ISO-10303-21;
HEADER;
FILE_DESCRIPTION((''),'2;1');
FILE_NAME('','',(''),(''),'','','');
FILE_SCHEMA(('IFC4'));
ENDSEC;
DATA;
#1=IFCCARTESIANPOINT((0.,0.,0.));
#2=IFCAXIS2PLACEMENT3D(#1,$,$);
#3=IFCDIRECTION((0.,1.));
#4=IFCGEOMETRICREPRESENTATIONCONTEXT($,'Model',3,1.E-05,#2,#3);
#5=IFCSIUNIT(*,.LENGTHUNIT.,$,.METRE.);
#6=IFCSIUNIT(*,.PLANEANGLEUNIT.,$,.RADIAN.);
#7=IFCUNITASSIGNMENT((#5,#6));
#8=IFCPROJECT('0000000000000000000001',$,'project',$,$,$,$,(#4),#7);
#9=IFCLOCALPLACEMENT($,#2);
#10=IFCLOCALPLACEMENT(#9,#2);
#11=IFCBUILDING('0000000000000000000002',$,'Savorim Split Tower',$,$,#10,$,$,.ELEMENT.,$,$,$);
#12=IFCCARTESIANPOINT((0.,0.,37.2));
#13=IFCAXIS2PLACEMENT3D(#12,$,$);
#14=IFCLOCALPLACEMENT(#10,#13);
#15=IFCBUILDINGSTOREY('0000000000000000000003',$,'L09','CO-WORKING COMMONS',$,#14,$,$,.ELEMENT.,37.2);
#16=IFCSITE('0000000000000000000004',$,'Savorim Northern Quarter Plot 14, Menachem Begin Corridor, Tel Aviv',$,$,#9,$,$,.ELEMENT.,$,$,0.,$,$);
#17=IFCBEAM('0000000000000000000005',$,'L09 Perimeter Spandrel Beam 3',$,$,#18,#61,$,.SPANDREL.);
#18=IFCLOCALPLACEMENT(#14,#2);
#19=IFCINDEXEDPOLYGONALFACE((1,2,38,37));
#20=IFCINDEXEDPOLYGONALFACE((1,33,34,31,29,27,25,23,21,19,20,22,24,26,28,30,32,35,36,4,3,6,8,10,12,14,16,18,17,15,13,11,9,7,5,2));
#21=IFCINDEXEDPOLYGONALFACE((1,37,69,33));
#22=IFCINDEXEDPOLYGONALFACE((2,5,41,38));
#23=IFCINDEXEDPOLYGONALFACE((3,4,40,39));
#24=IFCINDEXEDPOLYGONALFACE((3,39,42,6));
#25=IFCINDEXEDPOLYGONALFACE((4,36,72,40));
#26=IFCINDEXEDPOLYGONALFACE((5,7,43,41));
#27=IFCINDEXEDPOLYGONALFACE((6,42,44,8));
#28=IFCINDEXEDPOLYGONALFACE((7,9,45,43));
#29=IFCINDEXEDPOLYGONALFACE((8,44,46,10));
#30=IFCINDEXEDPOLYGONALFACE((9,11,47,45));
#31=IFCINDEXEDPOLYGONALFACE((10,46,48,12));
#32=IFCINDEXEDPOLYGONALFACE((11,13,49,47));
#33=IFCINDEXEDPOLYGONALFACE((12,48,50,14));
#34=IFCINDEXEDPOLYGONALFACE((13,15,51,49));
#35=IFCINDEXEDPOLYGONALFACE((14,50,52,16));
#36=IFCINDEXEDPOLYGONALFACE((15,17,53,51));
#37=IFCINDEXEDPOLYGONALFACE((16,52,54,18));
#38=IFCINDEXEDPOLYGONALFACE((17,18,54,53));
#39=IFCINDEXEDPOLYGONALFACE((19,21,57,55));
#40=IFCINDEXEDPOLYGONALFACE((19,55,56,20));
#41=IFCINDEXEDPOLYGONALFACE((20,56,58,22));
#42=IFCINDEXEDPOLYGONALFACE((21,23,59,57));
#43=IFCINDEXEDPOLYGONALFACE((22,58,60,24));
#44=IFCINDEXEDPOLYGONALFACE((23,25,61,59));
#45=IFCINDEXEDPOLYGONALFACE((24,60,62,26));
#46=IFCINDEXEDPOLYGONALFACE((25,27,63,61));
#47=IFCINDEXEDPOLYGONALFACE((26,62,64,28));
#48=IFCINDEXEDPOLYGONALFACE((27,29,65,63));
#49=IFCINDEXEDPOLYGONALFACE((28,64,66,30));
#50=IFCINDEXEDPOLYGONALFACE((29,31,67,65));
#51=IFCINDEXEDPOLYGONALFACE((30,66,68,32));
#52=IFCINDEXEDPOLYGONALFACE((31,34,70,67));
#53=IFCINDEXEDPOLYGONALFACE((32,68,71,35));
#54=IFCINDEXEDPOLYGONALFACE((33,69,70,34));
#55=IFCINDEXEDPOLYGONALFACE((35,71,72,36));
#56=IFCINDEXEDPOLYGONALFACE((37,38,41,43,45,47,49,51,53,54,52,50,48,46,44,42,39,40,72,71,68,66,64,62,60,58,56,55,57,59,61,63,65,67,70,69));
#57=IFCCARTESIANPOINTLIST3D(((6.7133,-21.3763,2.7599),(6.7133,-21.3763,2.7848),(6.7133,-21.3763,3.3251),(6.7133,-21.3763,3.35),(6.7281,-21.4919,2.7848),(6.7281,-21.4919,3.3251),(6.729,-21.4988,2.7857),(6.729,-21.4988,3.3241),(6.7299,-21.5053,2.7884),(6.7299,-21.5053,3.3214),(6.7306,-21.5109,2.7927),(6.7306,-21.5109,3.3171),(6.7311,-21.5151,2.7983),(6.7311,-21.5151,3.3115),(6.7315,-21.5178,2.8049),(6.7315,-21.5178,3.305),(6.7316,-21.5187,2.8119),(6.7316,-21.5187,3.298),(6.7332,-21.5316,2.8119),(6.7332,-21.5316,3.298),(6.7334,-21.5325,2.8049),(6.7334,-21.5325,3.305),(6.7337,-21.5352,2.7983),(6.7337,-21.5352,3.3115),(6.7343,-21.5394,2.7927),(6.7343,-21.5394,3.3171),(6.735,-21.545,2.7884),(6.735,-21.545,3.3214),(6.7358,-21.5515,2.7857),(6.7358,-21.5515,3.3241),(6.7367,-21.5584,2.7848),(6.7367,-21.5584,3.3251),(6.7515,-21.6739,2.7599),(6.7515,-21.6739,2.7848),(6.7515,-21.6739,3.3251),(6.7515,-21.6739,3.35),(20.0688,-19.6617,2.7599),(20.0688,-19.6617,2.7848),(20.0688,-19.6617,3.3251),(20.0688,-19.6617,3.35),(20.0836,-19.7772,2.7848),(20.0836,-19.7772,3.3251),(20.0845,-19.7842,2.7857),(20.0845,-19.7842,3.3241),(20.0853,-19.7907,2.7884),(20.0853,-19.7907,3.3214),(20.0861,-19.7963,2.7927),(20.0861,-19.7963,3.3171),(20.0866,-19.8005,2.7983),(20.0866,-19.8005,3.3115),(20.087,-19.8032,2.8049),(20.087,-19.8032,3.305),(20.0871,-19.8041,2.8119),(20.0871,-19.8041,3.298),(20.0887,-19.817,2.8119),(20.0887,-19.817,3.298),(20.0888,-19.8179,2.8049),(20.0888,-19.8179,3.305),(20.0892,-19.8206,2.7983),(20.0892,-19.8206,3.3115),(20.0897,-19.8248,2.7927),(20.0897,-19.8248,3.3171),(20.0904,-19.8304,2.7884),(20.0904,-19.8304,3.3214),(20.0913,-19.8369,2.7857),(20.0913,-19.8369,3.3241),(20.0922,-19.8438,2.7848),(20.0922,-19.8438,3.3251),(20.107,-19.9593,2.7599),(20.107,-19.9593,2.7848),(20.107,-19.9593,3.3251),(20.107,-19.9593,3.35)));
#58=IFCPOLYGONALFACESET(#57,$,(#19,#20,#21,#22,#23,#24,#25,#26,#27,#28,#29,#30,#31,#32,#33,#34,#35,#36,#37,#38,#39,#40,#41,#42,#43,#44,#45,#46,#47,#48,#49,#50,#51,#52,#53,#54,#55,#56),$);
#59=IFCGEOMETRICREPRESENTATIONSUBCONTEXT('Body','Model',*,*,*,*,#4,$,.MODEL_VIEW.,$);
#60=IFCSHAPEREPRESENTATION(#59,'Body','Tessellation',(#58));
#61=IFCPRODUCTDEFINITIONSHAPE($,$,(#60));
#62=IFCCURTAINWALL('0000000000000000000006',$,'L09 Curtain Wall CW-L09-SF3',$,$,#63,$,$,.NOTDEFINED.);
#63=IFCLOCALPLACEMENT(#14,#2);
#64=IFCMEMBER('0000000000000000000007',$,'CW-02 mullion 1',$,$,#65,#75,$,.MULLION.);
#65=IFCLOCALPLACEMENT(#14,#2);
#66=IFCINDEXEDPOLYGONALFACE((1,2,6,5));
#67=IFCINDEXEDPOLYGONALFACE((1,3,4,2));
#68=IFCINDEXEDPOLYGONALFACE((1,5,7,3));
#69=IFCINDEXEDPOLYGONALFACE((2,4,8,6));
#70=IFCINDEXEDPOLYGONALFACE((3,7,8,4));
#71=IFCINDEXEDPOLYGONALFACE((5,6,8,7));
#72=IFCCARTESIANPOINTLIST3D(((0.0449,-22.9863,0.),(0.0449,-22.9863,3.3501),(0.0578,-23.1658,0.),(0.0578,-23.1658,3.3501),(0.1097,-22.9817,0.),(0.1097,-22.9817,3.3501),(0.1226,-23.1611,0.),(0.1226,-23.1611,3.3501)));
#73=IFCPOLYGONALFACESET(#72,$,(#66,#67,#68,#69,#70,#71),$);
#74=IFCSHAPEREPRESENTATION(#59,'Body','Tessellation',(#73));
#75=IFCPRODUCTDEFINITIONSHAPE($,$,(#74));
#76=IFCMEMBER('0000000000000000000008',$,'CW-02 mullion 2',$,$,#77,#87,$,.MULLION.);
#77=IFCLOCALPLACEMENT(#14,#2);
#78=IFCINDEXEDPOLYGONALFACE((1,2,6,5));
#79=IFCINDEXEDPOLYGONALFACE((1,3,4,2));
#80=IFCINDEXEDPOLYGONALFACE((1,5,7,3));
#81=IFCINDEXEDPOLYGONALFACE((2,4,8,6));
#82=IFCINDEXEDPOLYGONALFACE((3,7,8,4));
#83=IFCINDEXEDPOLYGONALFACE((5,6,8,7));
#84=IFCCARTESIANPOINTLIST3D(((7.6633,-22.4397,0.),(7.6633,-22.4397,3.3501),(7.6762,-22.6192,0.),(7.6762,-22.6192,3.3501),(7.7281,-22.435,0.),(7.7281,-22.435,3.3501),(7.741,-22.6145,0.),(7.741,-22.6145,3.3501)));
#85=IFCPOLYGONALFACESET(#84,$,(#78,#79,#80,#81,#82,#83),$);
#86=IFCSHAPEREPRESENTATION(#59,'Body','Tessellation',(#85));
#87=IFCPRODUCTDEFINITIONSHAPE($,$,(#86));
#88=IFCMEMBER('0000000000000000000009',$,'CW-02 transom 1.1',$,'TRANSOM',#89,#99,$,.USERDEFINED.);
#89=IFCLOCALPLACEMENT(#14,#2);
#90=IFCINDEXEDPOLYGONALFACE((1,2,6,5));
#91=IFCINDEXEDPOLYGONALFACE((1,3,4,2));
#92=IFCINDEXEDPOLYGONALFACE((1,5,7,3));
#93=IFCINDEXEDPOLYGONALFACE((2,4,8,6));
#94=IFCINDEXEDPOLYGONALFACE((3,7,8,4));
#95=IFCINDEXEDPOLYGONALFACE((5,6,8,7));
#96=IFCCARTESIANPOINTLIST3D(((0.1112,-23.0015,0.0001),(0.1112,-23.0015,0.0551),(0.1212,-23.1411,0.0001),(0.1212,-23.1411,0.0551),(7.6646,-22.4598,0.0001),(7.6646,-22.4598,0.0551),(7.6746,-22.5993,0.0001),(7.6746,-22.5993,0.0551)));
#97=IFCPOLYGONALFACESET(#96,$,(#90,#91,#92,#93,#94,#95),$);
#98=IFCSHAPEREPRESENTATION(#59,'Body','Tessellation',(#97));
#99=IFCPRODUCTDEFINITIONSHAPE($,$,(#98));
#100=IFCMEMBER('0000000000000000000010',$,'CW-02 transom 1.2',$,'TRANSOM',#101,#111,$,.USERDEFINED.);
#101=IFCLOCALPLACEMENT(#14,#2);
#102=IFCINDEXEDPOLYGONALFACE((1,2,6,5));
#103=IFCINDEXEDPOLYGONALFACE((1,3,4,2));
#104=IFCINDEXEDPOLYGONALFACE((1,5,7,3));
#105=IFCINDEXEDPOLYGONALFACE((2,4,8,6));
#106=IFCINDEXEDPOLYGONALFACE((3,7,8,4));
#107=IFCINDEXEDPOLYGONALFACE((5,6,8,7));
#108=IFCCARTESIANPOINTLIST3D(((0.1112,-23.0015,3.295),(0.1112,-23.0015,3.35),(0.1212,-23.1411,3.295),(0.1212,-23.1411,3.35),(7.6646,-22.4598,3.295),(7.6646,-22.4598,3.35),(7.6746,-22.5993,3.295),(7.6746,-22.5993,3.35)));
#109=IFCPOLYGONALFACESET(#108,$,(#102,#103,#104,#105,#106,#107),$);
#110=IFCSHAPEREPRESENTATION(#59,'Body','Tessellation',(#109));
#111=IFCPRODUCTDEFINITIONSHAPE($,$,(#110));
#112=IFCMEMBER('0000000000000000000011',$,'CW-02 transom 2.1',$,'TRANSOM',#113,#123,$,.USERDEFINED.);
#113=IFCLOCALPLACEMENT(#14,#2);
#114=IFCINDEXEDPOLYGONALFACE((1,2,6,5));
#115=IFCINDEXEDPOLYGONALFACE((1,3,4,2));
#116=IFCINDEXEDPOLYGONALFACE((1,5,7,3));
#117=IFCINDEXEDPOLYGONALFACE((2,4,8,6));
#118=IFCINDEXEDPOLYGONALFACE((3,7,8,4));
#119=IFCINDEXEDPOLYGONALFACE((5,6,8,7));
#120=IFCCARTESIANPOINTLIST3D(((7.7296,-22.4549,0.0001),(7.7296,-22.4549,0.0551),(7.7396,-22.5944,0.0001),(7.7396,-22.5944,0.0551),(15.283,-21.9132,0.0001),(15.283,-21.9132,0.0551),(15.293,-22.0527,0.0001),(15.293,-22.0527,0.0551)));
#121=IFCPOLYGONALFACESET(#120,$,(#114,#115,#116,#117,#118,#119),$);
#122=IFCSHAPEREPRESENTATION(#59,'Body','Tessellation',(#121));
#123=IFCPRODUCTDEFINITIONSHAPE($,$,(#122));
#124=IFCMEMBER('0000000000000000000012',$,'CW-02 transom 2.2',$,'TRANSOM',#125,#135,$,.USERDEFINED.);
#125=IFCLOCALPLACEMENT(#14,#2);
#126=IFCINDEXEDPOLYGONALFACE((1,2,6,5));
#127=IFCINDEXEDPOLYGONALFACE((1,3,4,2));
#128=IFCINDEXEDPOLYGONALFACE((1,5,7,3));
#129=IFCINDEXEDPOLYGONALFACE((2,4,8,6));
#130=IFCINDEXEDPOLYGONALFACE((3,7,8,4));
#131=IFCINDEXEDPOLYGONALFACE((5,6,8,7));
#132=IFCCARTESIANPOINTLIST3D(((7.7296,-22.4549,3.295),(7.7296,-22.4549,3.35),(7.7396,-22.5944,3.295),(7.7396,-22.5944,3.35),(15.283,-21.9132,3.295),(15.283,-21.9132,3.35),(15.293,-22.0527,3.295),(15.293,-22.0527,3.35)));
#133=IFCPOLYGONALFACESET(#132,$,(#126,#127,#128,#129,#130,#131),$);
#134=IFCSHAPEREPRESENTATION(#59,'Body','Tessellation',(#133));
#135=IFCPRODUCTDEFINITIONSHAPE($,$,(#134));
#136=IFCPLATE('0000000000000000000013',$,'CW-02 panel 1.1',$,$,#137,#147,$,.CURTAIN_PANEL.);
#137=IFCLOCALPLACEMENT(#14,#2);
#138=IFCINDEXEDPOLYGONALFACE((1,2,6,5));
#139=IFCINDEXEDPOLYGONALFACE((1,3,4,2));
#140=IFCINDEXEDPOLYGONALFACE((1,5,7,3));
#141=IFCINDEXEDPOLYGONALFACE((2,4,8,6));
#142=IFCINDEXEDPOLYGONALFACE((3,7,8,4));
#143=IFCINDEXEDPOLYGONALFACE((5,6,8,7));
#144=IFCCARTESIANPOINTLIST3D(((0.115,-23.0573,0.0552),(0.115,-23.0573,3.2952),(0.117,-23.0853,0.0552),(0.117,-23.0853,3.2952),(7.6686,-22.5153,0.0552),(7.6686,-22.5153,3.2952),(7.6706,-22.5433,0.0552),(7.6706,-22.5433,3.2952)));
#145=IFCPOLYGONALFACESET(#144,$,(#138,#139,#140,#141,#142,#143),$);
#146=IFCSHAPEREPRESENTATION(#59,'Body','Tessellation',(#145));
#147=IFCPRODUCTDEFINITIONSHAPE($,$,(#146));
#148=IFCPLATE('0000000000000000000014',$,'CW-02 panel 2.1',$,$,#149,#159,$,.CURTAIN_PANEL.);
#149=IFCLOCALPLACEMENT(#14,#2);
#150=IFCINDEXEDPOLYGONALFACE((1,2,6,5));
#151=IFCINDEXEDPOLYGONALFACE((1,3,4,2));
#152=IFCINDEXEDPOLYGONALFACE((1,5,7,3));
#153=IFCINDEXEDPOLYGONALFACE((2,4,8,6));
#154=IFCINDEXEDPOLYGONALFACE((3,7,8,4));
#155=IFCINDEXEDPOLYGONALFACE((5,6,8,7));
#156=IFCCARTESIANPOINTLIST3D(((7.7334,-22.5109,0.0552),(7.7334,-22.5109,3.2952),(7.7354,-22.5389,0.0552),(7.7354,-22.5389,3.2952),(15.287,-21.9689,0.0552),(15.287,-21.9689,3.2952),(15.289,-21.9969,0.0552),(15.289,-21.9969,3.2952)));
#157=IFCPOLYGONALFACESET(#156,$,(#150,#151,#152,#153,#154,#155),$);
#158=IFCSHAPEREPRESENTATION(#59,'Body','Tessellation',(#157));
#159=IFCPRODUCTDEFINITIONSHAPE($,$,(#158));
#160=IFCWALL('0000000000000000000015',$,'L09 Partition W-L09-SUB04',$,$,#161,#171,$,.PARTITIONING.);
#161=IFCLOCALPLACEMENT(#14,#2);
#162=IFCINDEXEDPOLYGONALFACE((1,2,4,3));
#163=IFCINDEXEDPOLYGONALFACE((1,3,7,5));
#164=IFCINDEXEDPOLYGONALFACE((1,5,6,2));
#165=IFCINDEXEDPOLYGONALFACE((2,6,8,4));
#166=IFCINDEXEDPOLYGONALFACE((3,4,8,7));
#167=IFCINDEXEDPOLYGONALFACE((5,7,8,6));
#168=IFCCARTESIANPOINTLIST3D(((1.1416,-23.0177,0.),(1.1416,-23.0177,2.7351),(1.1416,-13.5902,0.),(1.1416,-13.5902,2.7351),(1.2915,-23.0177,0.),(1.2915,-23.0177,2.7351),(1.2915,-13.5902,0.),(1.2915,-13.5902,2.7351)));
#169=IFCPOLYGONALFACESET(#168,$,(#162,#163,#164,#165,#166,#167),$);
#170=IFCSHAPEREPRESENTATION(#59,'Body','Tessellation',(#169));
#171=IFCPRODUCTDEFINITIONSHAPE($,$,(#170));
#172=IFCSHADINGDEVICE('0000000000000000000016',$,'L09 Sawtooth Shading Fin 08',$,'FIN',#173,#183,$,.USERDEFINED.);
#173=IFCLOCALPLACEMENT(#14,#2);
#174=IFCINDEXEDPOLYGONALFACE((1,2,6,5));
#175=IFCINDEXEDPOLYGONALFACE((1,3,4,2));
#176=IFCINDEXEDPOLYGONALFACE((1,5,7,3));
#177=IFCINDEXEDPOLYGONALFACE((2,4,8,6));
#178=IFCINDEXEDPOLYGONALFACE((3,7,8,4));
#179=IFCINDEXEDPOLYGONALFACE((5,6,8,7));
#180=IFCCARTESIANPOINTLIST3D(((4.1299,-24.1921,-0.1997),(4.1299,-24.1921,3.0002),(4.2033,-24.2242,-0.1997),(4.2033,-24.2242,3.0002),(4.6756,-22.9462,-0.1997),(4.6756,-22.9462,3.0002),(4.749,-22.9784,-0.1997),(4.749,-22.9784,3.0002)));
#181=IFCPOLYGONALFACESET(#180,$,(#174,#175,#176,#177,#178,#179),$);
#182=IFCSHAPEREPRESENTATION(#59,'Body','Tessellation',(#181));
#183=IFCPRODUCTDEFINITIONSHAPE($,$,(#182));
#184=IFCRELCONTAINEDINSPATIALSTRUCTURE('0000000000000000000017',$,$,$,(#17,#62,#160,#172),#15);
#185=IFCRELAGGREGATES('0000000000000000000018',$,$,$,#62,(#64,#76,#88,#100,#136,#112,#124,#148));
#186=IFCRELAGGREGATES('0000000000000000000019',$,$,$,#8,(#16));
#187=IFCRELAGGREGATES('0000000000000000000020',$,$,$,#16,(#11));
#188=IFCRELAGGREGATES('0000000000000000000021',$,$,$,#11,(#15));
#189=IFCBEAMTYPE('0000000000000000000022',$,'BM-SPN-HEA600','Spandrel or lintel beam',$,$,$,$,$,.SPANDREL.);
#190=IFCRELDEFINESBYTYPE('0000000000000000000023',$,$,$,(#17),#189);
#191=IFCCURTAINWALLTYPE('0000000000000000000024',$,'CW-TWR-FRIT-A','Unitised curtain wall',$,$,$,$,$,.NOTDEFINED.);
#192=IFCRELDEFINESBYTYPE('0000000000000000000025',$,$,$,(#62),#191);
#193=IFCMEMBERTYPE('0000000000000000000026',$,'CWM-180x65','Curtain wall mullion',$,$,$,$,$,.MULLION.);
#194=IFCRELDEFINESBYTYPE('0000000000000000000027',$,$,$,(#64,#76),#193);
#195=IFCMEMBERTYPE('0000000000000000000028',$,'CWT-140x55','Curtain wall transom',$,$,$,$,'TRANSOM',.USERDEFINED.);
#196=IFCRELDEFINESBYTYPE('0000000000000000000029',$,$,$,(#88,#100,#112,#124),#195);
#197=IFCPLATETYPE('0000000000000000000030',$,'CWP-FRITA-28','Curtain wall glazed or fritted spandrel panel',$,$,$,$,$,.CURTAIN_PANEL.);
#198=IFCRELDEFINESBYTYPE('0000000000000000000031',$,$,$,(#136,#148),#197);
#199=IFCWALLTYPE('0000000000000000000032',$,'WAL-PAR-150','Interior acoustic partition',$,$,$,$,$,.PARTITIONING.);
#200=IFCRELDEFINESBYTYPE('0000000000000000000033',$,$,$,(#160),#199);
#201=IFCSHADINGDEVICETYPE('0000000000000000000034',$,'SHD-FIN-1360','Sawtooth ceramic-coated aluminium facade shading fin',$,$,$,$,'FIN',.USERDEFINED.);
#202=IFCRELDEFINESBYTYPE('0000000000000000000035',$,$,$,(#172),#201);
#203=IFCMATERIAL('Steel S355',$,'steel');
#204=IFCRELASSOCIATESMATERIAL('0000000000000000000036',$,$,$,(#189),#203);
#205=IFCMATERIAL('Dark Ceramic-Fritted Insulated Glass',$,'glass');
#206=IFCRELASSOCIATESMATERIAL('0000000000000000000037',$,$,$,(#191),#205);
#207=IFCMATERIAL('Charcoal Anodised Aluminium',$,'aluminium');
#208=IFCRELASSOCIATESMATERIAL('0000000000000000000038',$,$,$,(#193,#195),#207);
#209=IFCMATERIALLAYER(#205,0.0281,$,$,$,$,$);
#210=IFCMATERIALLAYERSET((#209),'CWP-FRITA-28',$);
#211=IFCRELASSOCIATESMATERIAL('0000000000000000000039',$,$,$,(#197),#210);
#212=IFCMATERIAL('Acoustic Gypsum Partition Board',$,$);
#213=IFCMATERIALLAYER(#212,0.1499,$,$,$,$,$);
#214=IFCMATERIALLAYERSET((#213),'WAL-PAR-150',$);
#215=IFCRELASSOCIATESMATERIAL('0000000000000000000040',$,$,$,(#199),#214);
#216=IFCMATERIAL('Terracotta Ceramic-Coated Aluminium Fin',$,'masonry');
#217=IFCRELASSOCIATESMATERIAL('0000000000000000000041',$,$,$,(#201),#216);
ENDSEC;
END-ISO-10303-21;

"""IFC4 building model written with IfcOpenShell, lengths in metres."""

from ifc_helpers import new_model, si_unit, direction, frame, frame_2d, origin, origin_2d, place, context, subcontext, project, spatial, rectangle, i_section, extrude, material, layer, layer_set, material_profile, profile_set, type_object, element, aggregate, save


model = new_model("IFC4")

# Units and contexts
model_context = context("Model", 3, precision=1e-05, world=origin(), true_north=direction((0.0, 1.0)))
body_context = subcontext(model_context, "Body", "Model", "MODEL_VIEW")
ifc_project = project(units=[si_unit("LENGTHUNIT", "METRE"), si_unit("PLANEANGLEUNIT", "RADIAN")], contexts=[model_context])

# Site, building, storey
site_placement = place(None, origin())
site = spatial("IfcSite", under=ifc_project, at=site_placement, Name="Savorim Northern Quarter Plot 14, Menachem Begin Corridor, Tel Aviv", CompositionType="ELEMENT", RefElevation=0.0)
building_placement = place(site_placement, origin())
building = spatial("IfcBuilding", under=site, at=building_placement, Name="Savorim Split Tower", CompositionType="ELEMENT")
storey_placement = place(building_placement, frame((0.0, 0.0, 37.2)))
storey = spatial("IfcBuildingStorey", under=building, at=storey_placement, Name="L09", Description="CO-WORKING COMMONS", CompositionType="ELEMENT", Elevation=37.2)

# Beam
ifc_material_1 = material(Name="Steel S355", Category="steel")
ifc_material_profile_1 = material_profile(ifc_material_1, i_section(OverallWidth=0.3, OverallDepth=0.5901, WebThickness=0.0129, FlangeThickness=0.0249, FilletRadius=0.0271, at=origin_2d()), Name="HEA 600")
ifc_profile_set_1 = profile_set([ifc_material_profile_1], Name="Steel S355")
beam_type_1 = type_object("IfcBeamType", Name="BM-SPN-HEA600", Description="Spandrel or lintel beam", PredefinedType="SPANDREL", material=ifc_profile_set_1)
beam_1_placement = place(storey_placement, frame((6.7324, -21.5251, 3.0549), z_axis=(0.99186, 0.127337, 0.0), x_axis=(-0.127337, 0.99186, 0.0)))
element("IfcBeam", 1, at=beam_1_placement, inside=storey, type_object=beam_type_1, Name="L09 Perimeter Spandrel Beam 3", PredefinedType="SPANDREL", context=body_context, shape_type="SweptSolid", body=[
    extrude(i_section(OverallWidth=0.3, OverallDepth=0.5901, WebThickness=0.0129, FlangeThickness=0.0249, FilletRadius=0.0271, at=origin_2d()), origin(), (0.0, 0.0, 1.0), 13.4651),
])

# Curtain wall, members, plates
ifc_material_2 = material(Name="Dark Ceramic-Fritted Insulated Glass", Category="glass")
curtain_wall_type = type_object("IfcCurtainWallType", Name="CW-TWR-FRIT-A", Description="Unitised curtain wall", PredefinedType="NOTDEFINED", material=ifc_material_2)
curtain_wall_placement = place(storey_placement, origin())
curtain_wall = element("IfcCurtainWall", 2, at=curtain_wall_placement, inside=storey, type_object=curtain_wall_type, Name="L09 Curtain Wall CW-L09-SF3", PredefinedType="NOTDEFINED")
ifc_material_3 = material(Name="Charcoal Anodised Aluminium", Category="aluminium")
ifc_material_profile_2 = material_profile(ifc_material_3, rectangle(XDim=0.1799, YDim=0.0649, at=origin_2d()), Name="ALU-M 180x65")
ifc_profile_set_2 = profile_set([ifc_material_profile_2], Name="Charcoal Anodised Aluminium")
member_type_1 = type_object("IfcMemberType", Name="CWM-180x65", Description="Curtain wall mullion", PredefinedType="MULLION", material=ifc_profile_set_2)
member_1_placement = place(storey_placement, frame((0.0837, -23.0737, 0.0), z_axis=(0.0, 0.0, 1.0), x_axis=(-0.07156, 0.997436, 0.0)))
member_1 = element("IfcMember", 3, at=member_1_placement, type_object=member_type_1, Name="CW-02 mullion 1", PredefinedType="MULLION", context=body_context, shape_type="SweptSolid", body=[
    extrude(rectangle(XDim=0.1799, YDim=0.0649, at=origin_2d()), origin(), (0.0, 0.0, 1.0), 3.3501),
])
member_2_placement = place(storey_placement, frame((7.7021, -22.5271, 0.0), z_axis=(0.0, 0.0, 1.0), x_axis=(-0.07156, 0.997436, 0.0)))
member_2 = element("IfcMember", 4, at=member_2_placement, type_object=member_type_1, Name="CW-02 mullion 2", PredefinedType="MULLION", context=body_context, shape_type="SweptSolid", body=[
    extrude(rectangle(XDim=0.1799, YDim=0.0649, at=origin_2d()), origin(), (0.0, 0.0, 1.0), 3.3501),
])
ifc_material_profile_3 = material_profile(ifc_material_3, rectangle(XDim=0.1399, YDim=0.0549, at=origin_2d()), Name="ALU-T 140x55")
ifc_profile_set_3 = profile_set([ifc_material_profile_3], Name="Charcoal Anodised Aluminium")
member_type_2 = type_object("IfcMemberType", Name="CWT-140x55", Description="Curtain wall transom", ElementType="TRANSOM", PredefinedType="USERDEFINED", material=ifc_profile_set_3)
member_3_placement = place(storey_placement, frame((0.1162, -23.0713, 0.0276), z_axis=(0.997438, 0.071538, 0.0), x_axis=(-0.071538, 0.997438, 0.0)))
member_3 = element("IfcMember", 5, at=member_3_placement, type_object=member_type_2, Name="CW-02 transom 1.1", ObjectType="TRANSOM", PredefinedType="USERDEFINED", context=body_context, shape_type="SweptSolid", body=[
    extrude(rectangle(XDim=0.1399, YDim=0.0549, at=origin_2d()), origin(), (0.0, 0.0, 1.0), 7.5728),
])
member_4_placement = place(storey_placement, frame((0.1162, -23.0713, 3.3225), z_axis=(0.997438, 0.071538, 0.0), x_axis=(-0.071538, 0.997438, 0.0)))
member_4 = element("IfcMember", 6, at=member_4_placement, type_object=member_type_2, Name="CW-02 transom 1.2", ObjectType="TRANSOM", PredefinedType="USERDEFINED", context=body_context, shape_type="SweptSolid", body=[
    extrude(rectangle(XDim=0.1399, YDim=0.0549, at=origin_2d()), origin(), (0.0, 0.0, 1.0), 7.5728),
])
member_5_placement = place(storey_placement, frame((7.7346, -22.5247, 0.0276), z_axis=(0.997438, 0.071538, 0.0), x_axis=(-0.071538, 0.997438, 0.0)))
member_5 = element("IfcMember", 7, at=member_5_placement, type_object=member_type_2, Name="CW-02 transom 2.1", ObjectType="TRANSOM", PredefinedType="USERDEFINED", context=body_context, shape_type="SweptSolid", body=[
    extrude(rectangle(XDim=0.1399, YDim=0.0549, at=origin_2d()), origin(), (0.0, 0.0, 1.0), 7.5728),
])
member_6_placement = place(storey_placement, frame((7.7346, -22.5247, 3.3225), z_axis=(0.997438, 0.071538, 0.0), x_axis=(-0.071538, 0.997438, 0.0)))
member_6 = element("IfcMember", 8, at=member_6_placement, type_object=member_type_2, Name="CW-02 transom 2.2", ObjectType="TRANSOM", PredefinedType="USERDEFINED", context=body_context, shape_type="SweptSolid", body=[
    extrude(rectangle(XDim=0.1399, YDim=0.0549, at=origin_2d()), origin(), (0.0, 0.0, 1.0), 7.5728),
])
ifc_layer_1 = layer(ifc_material_2, 0.0281)
ifc_layer_set_1 = layer_set([ifc_layer_1], Name="CWP-FRITA-28")
plate_type = type_object("IfcPlateType", Name="CWP-FRITA-28", Description="Curtain wall glazed or fritted spandrel panel", PredefinedType="CURTAIN_PANEL", material=ifc_layer_set_1)
plate_1_placement = place(storey_placement, frame((3.8928, -22.8003, 0.0552), z_axis=(0.0, 0.0, 1.0), x_axis=(0.997436, 0.07156, 0.0)))
plate_1 = element("IfcPlate", 9, at=plate_1_placement, type_object=plate_type, Name="CW-02 panel 1.1", PredefinedType="CURTAIN_PANEL", context=body_context, shape_type="SweptSolid", body=[
    extrude(rectangle(XDim=7.573, YDim=0.0281, at=origin_2d()), origin(), (0.0, 0.0, 1.0), 3.24),
])
plate_2_placement = place(storey_placement, frame((11.5112, -22.2539, 0.0552), z_axis=(0.0, 0.0, 1.0), x_axis=(0.997436, 0.07156, 0.0)))
plate_2 = element("IfcPlate", 10, at=plate_2_placement, type_object=plate_type, Name="CW-02 panel 2.1", PredefinedType="CURTAIN_PANEL", context=body_context, shape_type="SweptSolid", body=[
    extrude(rectangle(XDim=7.573, YDim=0.0281, at=origin_2d()), origin(), (0.0, 0.0, 1.0), 3.24),
])
aggregate(curtain_wall, [member_1, member_2, member_3, member_4, plate_1, member_5, member_6, plate_2])

# Wall
ifc_material_4 = material(Name="Acoustic Gypsum Partition Board")
ifc_layer_2 = layer(ifc_material_4, 0.1499)
ifc_layer_set_2 = layer_set([ifc_layer_2], Name="WAL-PAR-150")
wall_type = type_object("IfcWallType", Name="WAL-PAR-150", Description="Interior acoustic partition", PredefinedType="PARTITIONING", material=ifc_layer_set_2)
wall_placement = place(storey_placement, frame((1.2166, -13.5901, 0.0), z_axis=(0.0, 0.0, 1.0), x_axis=(0.0, -1.0, 0.0)))
element("IfcWall", 11, at=wall_placement, inside=storey, type_object=wall_type, Name="L09 Partition W-L09-SUB04", PredefinedType="PARTITIONING", context=body_context, shape_type="SweptSolid", body=[
    extrude(rectangle(XDim=9.4275, YDim=0.1499, at=frame_2d((4.7139, 0.0))), origin(), (0.0, 0.0, 1.0), 2.7351),
])

# Shading device
ifc_material_5 = material(Name="Terracotta Ceramic-Coated Aluminium Fin", Category="masonry")
shading_device_type = type_object("IfcShadingDeviceType", Name="SHD-FIN-1360", Description="Sawtooth ceramic-coated aluminium facade shading fin", ElementType="FIN", PredefinedType="USERDEFINED", material=ifc_material_5)
for number, where, z_axis, x_axis, name in (
    (12, (4.4395, -23.5852, -0.1997), (0.0, 0.0, 1.0), (-0.40123, -0.915977, 0.0), "L09 Sawtooth Shading Fin 08"),
):
    element("IfcShadingDevice", number, at=place(storey_placement, frame(where, z_axis=z_axis, x_axis=x_axis)), inside=storey, type_object=shading_device_type, Name=name, ObjectType="FIN", PredefinedType="USERDEFINED", context=body_context, shape_type="SweptSolid", body=[
        extrude(rectangle(XDim=1.3601, YDim=0.0801, at=origin_2d()), origin(), (0.0, 0.0, 1.0), 3.2),
    ])

save(model, "model.ifc")
